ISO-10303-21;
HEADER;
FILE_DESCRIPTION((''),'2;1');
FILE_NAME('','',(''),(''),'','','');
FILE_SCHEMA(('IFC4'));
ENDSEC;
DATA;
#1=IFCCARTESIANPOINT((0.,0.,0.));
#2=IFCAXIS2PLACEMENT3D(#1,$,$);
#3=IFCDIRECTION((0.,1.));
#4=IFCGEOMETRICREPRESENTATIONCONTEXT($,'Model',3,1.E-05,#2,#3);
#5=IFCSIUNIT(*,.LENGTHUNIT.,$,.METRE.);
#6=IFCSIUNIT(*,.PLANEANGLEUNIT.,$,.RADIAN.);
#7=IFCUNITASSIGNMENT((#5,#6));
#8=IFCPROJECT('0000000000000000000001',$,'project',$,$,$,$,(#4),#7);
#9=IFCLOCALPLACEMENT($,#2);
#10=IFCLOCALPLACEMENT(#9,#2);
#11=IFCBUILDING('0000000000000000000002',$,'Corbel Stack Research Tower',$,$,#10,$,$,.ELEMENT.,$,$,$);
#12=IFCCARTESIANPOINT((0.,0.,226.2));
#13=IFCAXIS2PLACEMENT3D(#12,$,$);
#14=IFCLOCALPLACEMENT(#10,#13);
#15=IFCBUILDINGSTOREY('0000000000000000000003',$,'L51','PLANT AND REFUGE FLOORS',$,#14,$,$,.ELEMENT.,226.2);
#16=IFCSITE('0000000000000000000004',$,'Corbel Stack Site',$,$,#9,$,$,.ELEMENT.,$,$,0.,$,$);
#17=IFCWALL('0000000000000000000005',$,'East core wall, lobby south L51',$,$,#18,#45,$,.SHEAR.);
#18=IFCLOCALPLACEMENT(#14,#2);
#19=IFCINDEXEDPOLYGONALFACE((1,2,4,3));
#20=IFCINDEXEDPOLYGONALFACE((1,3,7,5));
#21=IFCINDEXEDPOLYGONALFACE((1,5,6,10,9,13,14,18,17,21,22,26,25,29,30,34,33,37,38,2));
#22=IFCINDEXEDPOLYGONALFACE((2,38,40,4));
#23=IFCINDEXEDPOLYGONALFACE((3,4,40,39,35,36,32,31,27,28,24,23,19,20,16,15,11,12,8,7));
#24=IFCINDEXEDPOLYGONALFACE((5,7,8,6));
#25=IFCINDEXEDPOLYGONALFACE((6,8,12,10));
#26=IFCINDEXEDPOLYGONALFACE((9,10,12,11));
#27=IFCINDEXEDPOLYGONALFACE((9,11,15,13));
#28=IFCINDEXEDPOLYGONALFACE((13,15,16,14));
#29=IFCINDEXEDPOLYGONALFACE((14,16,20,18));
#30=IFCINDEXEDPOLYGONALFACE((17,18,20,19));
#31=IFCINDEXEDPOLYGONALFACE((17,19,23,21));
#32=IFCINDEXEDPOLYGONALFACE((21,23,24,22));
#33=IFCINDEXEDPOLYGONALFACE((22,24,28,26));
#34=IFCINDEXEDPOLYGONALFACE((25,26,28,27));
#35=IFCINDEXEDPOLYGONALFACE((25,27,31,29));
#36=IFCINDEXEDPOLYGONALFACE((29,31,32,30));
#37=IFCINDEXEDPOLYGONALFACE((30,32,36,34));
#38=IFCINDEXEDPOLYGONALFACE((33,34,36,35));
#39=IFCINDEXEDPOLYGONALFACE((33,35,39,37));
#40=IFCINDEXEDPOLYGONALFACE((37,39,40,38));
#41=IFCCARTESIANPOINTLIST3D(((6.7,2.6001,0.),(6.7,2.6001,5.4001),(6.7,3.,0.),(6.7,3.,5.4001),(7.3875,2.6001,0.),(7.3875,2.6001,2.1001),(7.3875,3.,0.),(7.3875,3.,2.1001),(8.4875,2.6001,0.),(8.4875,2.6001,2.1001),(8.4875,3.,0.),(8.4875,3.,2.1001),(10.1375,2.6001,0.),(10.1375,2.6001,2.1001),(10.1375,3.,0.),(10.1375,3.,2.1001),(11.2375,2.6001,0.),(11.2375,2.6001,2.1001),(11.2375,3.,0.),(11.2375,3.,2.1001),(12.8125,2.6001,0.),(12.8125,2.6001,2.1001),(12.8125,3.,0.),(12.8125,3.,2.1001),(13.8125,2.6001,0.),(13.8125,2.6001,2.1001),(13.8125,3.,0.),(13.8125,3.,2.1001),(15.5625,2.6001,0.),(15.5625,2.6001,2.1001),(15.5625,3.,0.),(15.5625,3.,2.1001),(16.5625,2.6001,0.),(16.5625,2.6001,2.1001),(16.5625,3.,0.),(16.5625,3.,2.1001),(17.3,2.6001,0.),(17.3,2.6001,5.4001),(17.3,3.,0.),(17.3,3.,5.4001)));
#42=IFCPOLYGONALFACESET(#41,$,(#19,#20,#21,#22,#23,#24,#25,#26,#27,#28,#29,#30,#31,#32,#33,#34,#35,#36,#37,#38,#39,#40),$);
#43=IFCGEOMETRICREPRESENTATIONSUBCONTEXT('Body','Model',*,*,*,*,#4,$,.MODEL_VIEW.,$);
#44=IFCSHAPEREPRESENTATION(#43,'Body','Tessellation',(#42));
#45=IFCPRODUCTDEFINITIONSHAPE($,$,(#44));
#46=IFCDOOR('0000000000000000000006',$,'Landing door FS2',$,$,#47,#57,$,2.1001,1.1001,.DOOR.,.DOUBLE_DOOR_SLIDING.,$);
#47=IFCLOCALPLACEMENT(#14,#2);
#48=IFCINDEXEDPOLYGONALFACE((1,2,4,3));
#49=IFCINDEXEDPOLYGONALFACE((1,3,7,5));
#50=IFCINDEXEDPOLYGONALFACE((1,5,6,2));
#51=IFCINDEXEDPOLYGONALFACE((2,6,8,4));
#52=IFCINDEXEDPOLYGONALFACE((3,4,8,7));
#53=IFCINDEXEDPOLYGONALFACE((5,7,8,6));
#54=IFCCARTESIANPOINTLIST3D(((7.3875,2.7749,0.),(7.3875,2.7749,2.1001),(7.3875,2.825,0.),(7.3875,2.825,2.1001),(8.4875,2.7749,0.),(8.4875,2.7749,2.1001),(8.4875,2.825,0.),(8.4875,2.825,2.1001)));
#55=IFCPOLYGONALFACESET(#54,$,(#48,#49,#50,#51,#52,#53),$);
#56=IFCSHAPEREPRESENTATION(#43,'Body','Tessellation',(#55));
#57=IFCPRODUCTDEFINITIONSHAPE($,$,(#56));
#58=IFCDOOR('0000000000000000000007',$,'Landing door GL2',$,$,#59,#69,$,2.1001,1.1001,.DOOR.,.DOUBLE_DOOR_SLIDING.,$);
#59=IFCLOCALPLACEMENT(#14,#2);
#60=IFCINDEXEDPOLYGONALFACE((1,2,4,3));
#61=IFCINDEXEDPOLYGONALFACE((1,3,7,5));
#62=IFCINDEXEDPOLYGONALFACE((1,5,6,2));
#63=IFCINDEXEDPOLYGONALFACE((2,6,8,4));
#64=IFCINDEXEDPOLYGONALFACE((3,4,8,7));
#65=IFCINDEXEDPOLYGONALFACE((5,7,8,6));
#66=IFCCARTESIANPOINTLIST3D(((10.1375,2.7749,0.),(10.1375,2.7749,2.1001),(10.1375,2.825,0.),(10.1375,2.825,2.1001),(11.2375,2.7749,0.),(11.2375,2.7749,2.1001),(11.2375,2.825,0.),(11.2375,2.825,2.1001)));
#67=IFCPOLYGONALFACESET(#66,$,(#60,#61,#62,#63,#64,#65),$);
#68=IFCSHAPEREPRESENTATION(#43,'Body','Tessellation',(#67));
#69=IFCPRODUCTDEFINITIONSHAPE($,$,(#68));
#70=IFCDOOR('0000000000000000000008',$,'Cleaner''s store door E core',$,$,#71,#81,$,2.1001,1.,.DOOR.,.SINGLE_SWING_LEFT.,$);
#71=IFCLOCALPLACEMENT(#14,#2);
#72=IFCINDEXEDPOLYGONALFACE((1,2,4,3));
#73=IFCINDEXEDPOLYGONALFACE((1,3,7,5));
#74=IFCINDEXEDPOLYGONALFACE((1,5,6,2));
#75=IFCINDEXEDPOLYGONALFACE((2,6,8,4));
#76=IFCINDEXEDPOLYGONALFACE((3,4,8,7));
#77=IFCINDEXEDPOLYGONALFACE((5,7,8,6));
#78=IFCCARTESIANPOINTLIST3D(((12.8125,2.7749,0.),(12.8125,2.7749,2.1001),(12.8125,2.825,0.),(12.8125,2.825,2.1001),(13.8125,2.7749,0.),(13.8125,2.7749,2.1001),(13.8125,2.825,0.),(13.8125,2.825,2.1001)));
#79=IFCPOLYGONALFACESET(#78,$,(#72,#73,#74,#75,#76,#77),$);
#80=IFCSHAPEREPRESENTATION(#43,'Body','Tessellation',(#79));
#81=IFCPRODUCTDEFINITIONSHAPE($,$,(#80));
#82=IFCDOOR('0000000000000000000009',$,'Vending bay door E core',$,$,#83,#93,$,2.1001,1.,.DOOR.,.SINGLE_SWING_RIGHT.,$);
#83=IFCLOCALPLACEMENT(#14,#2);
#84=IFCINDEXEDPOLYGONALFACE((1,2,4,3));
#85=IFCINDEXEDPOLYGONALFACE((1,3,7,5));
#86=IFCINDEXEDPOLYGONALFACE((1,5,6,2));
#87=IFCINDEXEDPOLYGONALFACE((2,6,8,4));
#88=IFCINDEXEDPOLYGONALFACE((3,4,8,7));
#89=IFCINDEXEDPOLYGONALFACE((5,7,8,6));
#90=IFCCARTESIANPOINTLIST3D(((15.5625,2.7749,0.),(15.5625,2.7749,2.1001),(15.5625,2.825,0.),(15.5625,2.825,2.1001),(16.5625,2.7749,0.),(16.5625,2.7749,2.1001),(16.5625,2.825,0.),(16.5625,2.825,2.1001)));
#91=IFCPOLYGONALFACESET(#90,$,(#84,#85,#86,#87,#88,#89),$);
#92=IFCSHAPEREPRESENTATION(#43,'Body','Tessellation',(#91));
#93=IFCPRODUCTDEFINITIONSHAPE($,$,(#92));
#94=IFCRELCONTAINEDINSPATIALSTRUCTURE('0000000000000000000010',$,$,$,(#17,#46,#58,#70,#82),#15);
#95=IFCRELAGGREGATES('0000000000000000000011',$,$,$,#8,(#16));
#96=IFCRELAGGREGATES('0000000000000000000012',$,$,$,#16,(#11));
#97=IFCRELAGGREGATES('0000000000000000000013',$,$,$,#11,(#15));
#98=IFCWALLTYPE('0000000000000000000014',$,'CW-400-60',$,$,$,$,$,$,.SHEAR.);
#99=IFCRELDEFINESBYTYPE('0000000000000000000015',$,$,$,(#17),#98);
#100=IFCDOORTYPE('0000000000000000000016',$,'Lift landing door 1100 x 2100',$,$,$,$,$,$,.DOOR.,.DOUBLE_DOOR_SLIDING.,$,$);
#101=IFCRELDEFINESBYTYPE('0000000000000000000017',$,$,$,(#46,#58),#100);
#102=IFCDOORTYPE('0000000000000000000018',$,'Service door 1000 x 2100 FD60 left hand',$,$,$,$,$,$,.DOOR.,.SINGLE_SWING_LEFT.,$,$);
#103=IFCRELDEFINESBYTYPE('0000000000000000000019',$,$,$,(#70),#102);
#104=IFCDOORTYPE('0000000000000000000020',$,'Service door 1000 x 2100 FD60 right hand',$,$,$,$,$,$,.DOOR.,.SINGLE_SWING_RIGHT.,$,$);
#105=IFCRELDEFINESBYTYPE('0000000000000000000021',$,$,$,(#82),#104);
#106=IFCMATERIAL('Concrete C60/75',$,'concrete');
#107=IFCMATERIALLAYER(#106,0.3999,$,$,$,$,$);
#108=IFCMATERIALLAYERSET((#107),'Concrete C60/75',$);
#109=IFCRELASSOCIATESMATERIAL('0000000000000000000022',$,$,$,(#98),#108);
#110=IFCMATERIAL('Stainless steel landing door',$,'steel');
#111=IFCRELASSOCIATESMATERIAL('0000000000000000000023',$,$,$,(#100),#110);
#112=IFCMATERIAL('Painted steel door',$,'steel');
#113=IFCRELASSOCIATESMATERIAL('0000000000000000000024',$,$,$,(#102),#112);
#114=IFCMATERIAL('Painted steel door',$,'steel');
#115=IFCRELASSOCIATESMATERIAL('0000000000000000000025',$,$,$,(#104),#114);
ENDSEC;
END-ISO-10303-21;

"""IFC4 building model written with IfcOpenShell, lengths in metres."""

from ifc_helpers import new_model, si_unit, direction, frame, frame_2d, origin, place, context, subcontext, project, spatial, rectangle, extrude, material, layer, layer_set, type_object, element, fill, save


model = new_model("IFC4")

# Units and contexts
model_context = context("Model", 3, precision=1e-05, world=origin(), true_north=direction((0.0, 1.0)))
body_context = subcontext(model_context, "Body", "Model", "MODEL_VIEW")
ifc_project = project(units=[si_unit("LENGTHUNIT", "METRE"), si_unit("PLANEANGLEUNIT", "RADIAN")], contexts=[model_context])

# Site, building, storey
site_placement = place(None, origin())
site = spatial("IfcSite", under=ifc_project, at=site_placement, Name="Corbel Stack Site", CompositionType="ELEMENT", RefElevation=0.0)
building_placement = place(site_placement, origin())
building = spatial("IfcBuilding", under=site, at=building_placement, Name="Corbel Stack Research Tower", CompositionType="ELEMENT")
storey_placement = place(building_placement, frame((0.0, 0.0, 226.2)))
storey = spatial("IfcBuildingStorey", under=building, at=storey_placement, Name="L51", Description="PLANT AND REFUGE FLOORS", CompositionType="ELEMENT", Elevation=226.2)

# Wall, openings, doors
ifc_material_1 = material(Name="Concrete C60/75", Category="concrete")
ifc_layer_1 = layer(ifc_material_1, 0.3999)
ifc_layer_set_1 = layer_set([ifc_layer_1], Name="Concrete C60/75")
wall_type_1 = type_object("IfcWallType", Name="CW-400-60", PredefinedType="SHEAR", material=ifc_layer_set_1)
wall_1_placement = place(storey_placement, frame((6.7, 2.8, 0.0), z_axis=(0.0, 0.0, 1.0), x_axis=(1.0, 0.0, 0.0)))
wall_1 = element("IfcWall", 1, at=wall_1_placement, inside=storey, type_object=wall_type_1, Name="East core wall, lobby south L51", PredefinedType="SHEAR", context=body_context, shape_type="SweptSolid", body=[
    extrude(rectangle(XDim=10.6001, YDim=0.3999, at=frame_2d((5.3, 0.0))), origin(), (0.0, 0.0, 1.0), 5.4001),
])
opening_1_placement = place(wall_1_placement, frame((0.6875, 0.0, 0.0)))
opening_1 = element("IfcOpeningElement", 2, at=opening_1_placement, cuts=wall_1, PredefinedType="OPENING", context=body_context, shape_type="SweptSolid", body=[
    extrude(rectangle(XDim=1.1001, YDim=2.1001, at=frame_2d((0.55, 1.05))), frame((0.0, 0.21, 0.0), z_axis=(0.0, -1.0, 0.0), x_axis=(1.0, 0.0, 0.0)), (0.0, 0.0, 1.0), 0.4199),
])
opening_2_placement = place(wall_1_placement, frame((3.4375, 0.0, 0.0)))
opening_2 = element("IfcOpeningElement", 3, at=opening_2_placement, cuts=wall_1, PredefinedType="OPENING", context=body_context, shape_type="SweptSolid", body=[
    extrude(rectangle(XDim=1.1001, YDim=2.1001, at=frame_2d((0.55, 1.05))), frame((0.0, 0.21, 0.0), z_axis=(0.0, -1.0, 0.0), x_axis=(1.0, 0.0, 0.0)), (0.0, 0.0, 1.0), 0.4199),
])
opening_3_placement = place(wall_1_placement, frame((6.1125, 0.0, 0.0)))
opening_3 = element("IfcOpeningElement", 4, at=opening_3_placement, cuts=wall_1, PredefinedType="OPENING", context=body_context, shape_type="SweptSolid", body=[
    extrude(rectangle(XDim=1.0, YDim=2.1001, at=frame_2d((0.5, 1.05))), frame((0.0, 0.21, 0.0), z_axis=(0.0, -1.0, 0.0), x_axis=(1.0, 0.0, 0.0)), (0.0, 0.0, 1.0), 0.4199),
])
opening_4_placement = place(wall_1_placement, frame((8.8625, 0.0, 0.0)))
opening_4 = element("IfcOpeningElement", 5, at=opening_4_placement, cuts=wall_1, PredefinedType="OPENING", context=body_context, shape_type="SweptSolid", body=[
    extrude(rectangle(XDim=1.0, YDim=2.1001, at=frame_2d((0.5, 1.05))), frame((0.0, 0.21, 0.0), z_axis=(0.0, -1.0, 0.0), x_axis=(1.0, 0.0, 0.0)), (0.0, 0.0, 1.0), 0.4199),
])
ifc_material_2 = material(Name="Stainless steel landing door", Category="steel")
door_type_1 = type_object("IfcDoorType", Name="Lift landing door 1100 x 2100", OperationType="DOUBLE_DOOR_SLIDING", PredefinedType="DOOR", material=ifc_material_2)
door_1_placement = place(opening_1_placement, origin())
door_1 = element("IfcDoor", 6, at=door_1_placement, inside=storey, type_object=door_type_1, Name="Landing door FS2", OperationType="DOUBLE_DOOR_SLIDING", OverallHeight=2.1001, OverallWidth=1.1001, PredefinedType="DOOR", context=body_context, shape_type="SweptSolid", body=[
    extrude(rectangle(XDim=1.1001, YDim=2.1001, at=frame_2d((0.55, 1.05))), frame((0.0, 0.0249, 0.0), z_axis=(0.0, -1.0, 0.0), x_axis=(1.0, 0.0, 0.0)), (0.0, 0.0, 1.0), 0.05),
])
fill(opening_1, door_1)
door_2_placement = place(opening_2_placement, origin())
door_2 = element("IfcDoor", 7, at=door_2_placement, inside=storey, type_object=door_type_1, Name="Landing door GL2", OperationType="DOUBLE_DOOR_SLIDING", OverallHeight=2.1001, OverallWidth=1.1001, PredefinedType="DOOR", context=body_context, shape_type="SweptSolid", body=[
    extrude(rectangle(XDim=1.1001, YDim=2.1001, at=frame_2d((0.55, 1.05))), frame((0.0, 0.0249, 0.0), z_axis=(0.0, -1.0, 0.0), x_axis=(1.0, 0.0, 0.0)), (0.0, 0.0, 1.0), 0.05),
])
fill(opening_2, door_2)
ifc_material_3 = material(Name="Painted steel door", Category="steel")
door_type_2 = type_object("IfcDoorType", Name="Service door 1000 x 2100 FD60 left hand", OperationType="SINGLE_SWING_LEFT", PredefinedType="DOOR", material=ifc_material_3)
door_3_placement = place(opening_3_placement, origin())
door_3 = element("IfcDoor", 8, at=door_3_placement, inside=storey, type_object=door_type_2, Name="Cleaner's store door E core", OperationType="SINGLE_SWING_LEFT", OverallHeight=2.1001, OverallWidth=1.0, PredefinedType="DOOR", context=body_context, shape_type="SweptSolid", body=[
    extrude(rectangle(XDim=1.0, YDim=2.1001, at=frame_2d((0.5, 1.05))), frame((0.0, 0.0249, 0.0), z_axis=(0.0, -1.0, 0.0), x_axis=(1.0, 0.0, 0.0)), (0.0, 0.0, 1.0), 0.05),
])
fill(opening_3, door_3)
ifc_material_4 = material(Name="Painted steel door", Category="steel")
door_type_3 = type_object("IfcDoorType", Name="Service door 1000 x 2100 FD60 right hand", OperationType="SINGLE_SWING_RIGHT", PredefinedType="DOOR", material=ifc_material_4)
door_4_placement = place(opening_4_placement, origin())
door_4 = element("IfcDoor", 9, at=door_4_placement, inside=storey, type_object=door_type_3, Name="Vending bay door E core", OperationType="SINGLE_SWING_RIGHT", OverallHeight=2.1001, OverallWidth=1.0, PredefinedType="DOOR", context=body_context, shape_type="SweptSolid", body=[
    extrude(rectangle(XDim=1.0, YDim=2.1001, at=frame_2d((0.5, 1.05))), frame((0.0, 0.0249, 0.0), z_axis=(0.0, -1.0, 0.0), x_axis=(1.0, 0.0, 0.0)), (0.0, 0.0, 1.0), 0.05),
])
fill(opening_4, door_4)

save(model, "model.ifc")
